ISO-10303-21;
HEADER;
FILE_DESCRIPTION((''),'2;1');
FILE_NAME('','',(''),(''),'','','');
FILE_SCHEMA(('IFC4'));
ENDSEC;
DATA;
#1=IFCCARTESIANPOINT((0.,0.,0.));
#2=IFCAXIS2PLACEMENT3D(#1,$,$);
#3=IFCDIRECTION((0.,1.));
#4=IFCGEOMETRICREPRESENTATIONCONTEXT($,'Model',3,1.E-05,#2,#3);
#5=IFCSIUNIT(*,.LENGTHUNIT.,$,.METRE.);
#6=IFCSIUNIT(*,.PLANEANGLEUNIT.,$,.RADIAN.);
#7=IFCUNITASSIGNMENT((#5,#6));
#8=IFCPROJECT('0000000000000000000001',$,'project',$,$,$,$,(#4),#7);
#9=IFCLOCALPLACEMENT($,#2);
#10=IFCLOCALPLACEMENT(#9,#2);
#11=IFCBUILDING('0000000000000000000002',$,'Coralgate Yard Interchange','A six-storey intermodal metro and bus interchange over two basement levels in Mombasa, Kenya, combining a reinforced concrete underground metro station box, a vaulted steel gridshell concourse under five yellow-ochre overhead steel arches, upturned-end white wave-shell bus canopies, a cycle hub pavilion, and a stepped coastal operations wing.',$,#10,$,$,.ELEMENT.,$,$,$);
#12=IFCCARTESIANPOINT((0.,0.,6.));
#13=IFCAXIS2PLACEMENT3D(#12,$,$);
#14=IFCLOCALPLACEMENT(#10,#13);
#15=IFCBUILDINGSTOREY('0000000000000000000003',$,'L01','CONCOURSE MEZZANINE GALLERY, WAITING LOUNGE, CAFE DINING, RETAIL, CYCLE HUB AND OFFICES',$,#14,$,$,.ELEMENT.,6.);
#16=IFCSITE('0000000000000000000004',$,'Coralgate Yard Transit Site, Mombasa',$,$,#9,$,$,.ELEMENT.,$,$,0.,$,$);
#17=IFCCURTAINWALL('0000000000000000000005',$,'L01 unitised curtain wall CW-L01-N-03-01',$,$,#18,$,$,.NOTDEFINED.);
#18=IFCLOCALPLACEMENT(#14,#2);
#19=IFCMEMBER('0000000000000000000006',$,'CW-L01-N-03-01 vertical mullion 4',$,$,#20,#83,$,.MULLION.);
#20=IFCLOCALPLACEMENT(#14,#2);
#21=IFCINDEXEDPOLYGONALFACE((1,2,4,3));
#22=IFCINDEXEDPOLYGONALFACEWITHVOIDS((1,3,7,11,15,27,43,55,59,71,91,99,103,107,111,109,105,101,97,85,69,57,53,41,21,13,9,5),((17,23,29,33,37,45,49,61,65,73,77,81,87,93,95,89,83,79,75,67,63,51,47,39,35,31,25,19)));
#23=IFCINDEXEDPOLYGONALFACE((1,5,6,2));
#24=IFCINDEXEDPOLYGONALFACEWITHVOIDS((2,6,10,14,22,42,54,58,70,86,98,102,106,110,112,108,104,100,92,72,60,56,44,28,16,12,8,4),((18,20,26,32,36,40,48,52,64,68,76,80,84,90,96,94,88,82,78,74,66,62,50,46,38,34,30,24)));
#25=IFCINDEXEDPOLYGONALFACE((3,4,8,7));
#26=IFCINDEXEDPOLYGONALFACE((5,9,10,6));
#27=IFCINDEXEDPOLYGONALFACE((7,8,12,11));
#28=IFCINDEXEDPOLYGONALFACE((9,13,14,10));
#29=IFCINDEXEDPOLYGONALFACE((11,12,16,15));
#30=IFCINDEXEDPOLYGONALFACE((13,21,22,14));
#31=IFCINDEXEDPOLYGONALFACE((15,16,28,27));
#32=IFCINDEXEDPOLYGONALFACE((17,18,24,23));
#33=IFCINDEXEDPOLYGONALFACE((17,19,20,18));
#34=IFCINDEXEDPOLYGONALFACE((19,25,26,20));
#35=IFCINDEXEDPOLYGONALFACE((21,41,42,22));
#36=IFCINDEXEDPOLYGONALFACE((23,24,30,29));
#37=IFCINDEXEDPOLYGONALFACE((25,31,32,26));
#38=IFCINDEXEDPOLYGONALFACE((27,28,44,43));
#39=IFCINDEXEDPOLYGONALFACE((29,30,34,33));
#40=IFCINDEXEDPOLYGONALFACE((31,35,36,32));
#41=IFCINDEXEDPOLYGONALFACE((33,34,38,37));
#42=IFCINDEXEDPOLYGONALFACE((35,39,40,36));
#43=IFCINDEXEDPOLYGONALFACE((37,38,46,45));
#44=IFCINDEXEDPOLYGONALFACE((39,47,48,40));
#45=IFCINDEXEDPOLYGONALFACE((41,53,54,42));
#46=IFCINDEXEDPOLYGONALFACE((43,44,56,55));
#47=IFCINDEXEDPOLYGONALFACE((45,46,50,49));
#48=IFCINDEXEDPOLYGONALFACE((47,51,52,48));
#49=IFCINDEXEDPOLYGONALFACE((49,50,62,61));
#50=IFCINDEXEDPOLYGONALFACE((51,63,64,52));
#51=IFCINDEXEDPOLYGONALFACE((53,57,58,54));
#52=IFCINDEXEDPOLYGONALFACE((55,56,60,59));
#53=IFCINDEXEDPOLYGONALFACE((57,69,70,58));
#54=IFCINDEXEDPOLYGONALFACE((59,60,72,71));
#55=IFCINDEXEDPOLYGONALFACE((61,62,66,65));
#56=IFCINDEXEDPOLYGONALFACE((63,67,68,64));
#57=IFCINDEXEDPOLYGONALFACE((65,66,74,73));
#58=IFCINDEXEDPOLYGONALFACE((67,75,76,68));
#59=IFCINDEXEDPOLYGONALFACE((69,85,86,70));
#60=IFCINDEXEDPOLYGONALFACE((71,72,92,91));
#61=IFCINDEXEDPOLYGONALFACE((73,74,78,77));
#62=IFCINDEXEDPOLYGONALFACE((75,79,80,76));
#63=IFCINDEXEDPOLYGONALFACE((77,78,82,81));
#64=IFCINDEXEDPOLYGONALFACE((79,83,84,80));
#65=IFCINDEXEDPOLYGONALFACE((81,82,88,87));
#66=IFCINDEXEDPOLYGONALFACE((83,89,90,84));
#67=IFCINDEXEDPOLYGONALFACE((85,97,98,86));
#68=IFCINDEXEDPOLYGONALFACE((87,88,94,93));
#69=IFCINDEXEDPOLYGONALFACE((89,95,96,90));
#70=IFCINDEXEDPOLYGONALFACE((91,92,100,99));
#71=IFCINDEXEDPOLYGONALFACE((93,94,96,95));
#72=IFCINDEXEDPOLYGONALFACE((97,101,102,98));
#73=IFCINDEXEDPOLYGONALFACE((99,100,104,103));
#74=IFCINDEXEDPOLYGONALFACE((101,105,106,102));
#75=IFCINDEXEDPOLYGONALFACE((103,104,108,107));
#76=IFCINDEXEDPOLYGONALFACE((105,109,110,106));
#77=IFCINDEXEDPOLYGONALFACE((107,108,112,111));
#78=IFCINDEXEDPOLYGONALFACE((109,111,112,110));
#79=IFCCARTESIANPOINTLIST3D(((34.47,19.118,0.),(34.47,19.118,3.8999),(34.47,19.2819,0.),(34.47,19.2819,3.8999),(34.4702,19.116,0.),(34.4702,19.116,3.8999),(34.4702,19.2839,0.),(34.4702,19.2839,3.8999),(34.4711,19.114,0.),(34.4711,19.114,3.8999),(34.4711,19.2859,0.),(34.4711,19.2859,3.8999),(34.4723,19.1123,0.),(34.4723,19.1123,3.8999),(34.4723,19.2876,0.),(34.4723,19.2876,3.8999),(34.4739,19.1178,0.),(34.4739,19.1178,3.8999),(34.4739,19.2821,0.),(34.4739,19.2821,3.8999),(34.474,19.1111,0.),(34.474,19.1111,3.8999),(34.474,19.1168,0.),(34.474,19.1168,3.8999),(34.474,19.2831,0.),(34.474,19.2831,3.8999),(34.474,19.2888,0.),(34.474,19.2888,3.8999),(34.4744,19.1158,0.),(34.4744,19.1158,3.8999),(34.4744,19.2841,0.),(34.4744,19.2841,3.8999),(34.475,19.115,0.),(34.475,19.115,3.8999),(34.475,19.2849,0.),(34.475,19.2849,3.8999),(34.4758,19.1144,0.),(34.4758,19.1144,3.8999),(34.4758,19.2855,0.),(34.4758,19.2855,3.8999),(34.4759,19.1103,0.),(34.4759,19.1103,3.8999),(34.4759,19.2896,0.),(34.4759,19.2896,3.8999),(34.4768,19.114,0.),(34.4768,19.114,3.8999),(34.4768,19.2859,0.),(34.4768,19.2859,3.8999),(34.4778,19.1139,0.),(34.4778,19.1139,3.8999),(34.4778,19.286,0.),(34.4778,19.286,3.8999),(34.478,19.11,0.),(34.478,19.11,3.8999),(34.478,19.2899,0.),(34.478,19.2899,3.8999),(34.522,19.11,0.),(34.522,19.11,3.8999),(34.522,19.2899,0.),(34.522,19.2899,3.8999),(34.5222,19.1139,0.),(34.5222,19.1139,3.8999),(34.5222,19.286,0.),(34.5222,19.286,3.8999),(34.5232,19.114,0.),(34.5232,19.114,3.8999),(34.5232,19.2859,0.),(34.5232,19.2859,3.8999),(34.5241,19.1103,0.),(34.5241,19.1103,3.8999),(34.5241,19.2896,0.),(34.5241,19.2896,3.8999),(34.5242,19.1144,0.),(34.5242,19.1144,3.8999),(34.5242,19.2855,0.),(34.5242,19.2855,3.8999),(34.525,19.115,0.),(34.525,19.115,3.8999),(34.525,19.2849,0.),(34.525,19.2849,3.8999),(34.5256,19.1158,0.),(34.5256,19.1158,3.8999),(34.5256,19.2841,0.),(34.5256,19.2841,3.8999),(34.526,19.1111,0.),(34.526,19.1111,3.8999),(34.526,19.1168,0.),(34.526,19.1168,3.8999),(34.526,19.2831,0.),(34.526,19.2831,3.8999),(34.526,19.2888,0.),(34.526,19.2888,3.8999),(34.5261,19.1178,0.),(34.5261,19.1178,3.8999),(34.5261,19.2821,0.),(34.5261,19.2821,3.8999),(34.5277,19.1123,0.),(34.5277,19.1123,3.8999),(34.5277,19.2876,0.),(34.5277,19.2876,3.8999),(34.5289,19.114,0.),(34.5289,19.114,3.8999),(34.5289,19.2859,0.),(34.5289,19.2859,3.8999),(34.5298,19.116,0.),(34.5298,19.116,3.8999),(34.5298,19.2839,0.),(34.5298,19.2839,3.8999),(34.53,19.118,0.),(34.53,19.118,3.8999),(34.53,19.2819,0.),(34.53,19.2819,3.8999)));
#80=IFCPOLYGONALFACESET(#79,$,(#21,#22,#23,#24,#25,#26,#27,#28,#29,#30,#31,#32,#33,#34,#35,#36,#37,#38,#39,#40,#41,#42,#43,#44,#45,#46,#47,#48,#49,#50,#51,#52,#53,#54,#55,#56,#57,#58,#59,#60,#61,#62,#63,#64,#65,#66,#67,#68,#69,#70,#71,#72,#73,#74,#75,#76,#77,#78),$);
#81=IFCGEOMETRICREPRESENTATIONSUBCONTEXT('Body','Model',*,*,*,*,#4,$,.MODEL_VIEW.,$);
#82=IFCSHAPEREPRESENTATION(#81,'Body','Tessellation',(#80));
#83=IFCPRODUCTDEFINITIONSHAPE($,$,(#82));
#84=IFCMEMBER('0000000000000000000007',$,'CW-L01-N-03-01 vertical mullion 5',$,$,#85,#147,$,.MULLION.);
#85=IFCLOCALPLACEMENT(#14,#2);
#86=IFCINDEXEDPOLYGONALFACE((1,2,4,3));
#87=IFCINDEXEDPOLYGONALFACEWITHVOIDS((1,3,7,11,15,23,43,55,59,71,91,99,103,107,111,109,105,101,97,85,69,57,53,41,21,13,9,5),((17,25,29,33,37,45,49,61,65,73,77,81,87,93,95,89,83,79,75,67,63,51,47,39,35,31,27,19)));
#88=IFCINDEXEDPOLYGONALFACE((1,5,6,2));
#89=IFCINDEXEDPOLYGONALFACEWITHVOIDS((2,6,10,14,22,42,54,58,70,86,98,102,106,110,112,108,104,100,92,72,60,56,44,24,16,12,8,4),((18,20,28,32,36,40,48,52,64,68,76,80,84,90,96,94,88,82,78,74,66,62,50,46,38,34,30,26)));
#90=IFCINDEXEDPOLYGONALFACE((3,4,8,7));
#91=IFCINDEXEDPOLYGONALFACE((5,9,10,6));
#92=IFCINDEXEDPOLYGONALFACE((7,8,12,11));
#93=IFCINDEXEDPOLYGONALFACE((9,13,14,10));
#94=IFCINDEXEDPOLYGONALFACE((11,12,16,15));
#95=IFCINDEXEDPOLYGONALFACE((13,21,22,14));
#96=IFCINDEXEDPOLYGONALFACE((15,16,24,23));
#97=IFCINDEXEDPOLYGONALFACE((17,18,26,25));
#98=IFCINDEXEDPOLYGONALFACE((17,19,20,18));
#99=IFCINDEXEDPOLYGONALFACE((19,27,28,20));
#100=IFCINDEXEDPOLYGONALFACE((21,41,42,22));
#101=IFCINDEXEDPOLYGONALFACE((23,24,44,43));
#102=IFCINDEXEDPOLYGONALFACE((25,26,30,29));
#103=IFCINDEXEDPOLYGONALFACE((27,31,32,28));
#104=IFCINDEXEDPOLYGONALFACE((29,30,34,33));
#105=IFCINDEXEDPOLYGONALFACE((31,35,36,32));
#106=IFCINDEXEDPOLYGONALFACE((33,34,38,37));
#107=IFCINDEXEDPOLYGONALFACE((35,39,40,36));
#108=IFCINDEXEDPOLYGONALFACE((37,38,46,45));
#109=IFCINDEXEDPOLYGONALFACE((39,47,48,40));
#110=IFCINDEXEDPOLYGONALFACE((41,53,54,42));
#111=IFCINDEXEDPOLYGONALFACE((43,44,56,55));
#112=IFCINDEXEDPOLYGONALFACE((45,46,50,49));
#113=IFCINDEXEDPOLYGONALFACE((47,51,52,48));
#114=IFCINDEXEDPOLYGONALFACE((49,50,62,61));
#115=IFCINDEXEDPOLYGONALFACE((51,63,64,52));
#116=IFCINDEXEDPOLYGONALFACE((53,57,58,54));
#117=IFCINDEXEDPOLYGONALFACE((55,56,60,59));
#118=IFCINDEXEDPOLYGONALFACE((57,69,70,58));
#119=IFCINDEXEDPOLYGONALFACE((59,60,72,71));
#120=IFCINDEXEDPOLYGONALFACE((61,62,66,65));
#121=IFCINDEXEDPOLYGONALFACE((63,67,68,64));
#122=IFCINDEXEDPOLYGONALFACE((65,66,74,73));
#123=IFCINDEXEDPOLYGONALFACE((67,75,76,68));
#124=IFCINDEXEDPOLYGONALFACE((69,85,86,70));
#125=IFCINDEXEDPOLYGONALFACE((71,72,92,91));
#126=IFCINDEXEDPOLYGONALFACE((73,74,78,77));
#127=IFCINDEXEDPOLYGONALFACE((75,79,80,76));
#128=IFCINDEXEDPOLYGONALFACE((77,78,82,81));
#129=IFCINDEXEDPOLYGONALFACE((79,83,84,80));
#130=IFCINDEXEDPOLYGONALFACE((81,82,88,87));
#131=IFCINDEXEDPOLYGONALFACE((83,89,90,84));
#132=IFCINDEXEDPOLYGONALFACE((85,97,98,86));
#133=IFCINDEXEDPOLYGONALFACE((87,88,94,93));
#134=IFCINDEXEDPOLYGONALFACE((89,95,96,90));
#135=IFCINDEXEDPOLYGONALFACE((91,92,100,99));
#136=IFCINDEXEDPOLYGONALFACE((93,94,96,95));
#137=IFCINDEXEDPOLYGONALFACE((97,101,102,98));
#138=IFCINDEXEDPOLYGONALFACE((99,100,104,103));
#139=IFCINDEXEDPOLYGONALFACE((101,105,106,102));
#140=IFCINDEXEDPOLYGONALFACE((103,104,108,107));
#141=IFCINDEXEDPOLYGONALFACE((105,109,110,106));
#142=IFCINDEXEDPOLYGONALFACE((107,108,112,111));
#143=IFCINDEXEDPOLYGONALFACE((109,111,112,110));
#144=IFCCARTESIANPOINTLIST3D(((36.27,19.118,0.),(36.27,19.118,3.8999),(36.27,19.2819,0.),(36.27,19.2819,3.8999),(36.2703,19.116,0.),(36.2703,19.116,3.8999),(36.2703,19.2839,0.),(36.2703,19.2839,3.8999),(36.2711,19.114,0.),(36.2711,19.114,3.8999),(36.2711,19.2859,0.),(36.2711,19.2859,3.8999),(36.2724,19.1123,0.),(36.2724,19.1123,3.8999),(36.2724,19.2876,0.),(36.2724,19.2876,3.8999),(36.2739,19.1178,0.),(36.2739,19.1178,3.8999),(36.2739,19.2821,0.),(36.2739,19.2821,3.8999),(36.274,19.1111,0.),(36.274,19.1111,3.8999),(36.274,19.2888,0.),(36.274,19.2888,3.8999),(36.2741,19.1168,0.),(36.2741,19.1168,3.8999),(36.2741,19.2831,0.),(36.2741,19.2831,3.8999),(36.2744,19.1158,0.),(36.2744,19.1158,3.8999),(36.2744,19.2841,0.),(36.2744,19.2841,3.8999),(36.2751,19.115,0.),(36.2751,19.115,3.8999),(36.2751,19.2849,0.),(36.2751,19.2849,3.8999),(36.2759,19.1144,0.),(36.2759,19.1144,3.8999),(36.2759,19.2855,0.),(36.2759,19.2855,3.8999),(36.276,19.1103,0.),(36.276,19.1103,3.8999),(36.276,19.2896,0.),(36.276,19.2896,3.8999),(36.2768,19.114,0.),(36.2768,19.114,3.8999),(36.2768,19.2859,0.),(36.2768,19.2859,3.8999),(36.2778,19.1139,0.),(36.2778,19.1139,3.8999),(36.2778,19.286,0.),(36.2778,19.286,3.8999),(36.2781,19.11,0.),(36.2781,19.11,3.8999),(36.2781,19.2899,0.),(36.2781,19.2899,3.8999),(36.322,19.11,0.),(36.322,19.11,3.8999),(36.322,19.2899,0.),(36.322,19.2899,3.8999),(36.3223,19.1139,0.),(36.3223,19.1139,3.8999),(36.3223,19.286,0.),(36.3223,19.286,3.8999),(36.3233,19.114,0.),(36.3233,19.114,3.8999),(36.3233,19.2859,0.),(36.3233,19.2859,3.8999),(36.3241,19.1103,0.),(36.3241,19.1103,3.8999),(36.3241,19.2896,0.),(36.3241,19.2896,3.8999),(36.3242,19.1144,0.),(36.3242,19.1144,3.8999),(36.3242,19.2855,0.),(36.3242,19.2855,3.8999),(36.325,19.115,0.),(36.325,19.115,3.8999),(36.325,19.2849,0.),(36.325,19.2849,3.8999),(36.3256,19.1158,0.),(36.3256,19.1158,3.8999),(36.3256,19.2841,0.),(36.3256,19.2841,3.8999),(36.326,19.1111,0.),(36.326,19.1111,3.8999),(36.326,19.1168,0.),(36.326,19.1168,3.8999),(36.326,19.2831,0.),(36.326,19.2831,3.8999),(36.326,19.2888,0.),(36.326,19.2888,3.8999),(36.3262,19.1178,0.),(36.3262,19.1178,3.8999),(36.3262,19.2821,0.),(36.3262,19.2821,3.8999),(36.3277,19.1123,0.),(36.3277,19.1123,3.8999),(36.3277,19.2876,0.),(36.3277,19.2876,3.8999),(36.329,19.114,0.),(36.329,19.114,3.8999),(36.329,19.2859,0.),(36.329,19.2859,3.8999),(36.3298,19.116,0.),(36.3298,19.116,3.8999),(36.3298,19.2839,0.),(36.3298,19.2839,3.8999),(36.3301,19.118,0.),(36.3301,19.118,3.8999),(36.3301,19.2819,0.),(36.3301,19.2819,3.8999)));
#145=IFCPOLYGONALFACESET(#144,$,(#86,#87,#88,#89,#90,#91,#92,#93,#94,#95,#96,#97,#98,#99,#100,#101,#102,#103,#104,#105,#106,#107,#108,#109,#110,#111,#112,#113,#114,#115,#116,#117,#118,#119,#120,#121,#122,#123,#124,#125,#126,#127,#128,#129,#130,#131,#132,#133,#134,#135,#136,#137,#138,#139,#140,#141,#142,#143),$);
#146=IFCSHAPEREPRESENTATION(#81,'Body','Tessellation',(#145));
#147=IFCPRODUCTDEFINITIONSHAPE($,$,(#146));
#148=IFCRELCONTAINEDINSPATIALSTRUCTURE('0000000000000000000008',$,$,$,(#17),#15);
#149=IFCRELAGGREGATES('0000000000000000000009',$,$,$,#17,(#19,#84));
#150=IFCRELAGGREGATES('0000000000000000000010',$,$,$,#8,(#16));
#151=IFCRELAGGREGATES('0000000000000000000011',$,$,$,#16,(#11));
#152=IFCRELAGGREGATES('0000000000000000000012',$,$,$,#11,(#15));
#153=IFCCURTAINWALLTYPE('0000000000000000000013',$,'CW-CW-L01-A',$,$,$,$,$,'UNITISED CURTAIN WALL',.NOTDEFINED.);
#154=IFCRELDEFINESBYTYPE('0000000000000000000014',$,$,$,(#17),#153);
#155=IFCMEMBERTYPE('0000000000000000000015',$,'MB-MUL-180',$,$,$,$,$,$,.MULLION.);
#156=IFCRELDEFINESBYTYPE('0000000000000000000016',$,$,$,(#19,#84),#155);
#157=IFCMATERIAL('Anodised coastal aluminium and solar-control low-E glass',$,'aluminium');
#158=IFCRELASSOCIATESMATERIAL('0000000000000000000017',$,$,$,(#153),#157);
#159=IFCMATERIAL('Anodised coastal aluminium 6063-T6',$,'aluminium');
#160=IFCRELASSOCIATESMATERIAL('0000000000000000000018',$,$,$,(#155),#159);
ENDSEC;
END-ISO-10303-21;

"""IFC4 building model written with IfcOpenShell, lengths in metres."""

from ifc_helpers import new_model, si_unit, direction, frame, origin, origin_2d, place, context, subcontext, project, spatial, hollow_rectangle, extrude, material, material_profile, profile_set, type_object, element, aggregate, save


model = new_model("IFC4")

# Units and contexts
model_context = context("Model", 3, precision=1e-05, world=origin(), true_north=direction((0.0, 1.0)))
body_context = subcontext(model_context, "Body", "Model", "MODEL_VIEW")
ifc_project = project(units=[si_unit("LENGTHUNIT", "METRE"), si_unit("PLANEANGLEUNIT", "RADIAN")], contexts=[model_context])

# Site, building, storey
site_placement = place(None, origin())
site = spatial("IfcSite", under=ifc_project, at=site_placement, Name="Coralgate Yard Transit Site, Mombasa", CompositionType="ELEMENT", RefElevation=0.0)
building_placement = place(site_placement, origin())
building = spatial("IfcBuilding", under=site, at=building_placement, Name="Coralgate Yard Interchange", Description="A six-storey intermodal metro and bus interchange over two basement levels in Mombasa, Kenya, combining a reinforced concrete underground metro station box, a vaulted steel gridshell concourse under five yellow-ochre overhead steel arches, upturned-end white wave-shell bus canopies, a cycle hub pavilion, and a stepped coastal operations wing.", CompositionType="ELEMENT")
storey_placement = place(building_placement, frame((0.0, 0.0, 6.0)))
storey = spatial("IfcBuildingStorey", under=building, at=storey_placement, Name="L01", Description="CONCOURSE MEZZANINE GALLERY, WAITING LOUNGE, CAFE DINING, RETAIL, CYCLE HUB AND OFFICES", CompositionType="ELEMENT", Elevation=6.0)

# Curtain wall, members
ifc_material_1 = material(Name="Anodised coastal aluminium and solar-control low-E glass", Category="aluminium")
curtain_wall_type = type_object("IfcCurtainWallType", Name="CW-CW-L01-A", ElementType="UNITISED CURTAIN WALL", PredefinedType="NOTDEFINED", material=ifc_material_1)
curtain_wall_1_placement = place(storey_placement, origin())
curtain_wall_1 = element("IfcCurtainWall", 1, at=curtain_wall_1_placement, inside=storey, type_object=curtain_wall_type, Name="L01 unitised curtain wall CW-L01-N-03-01", PredefinedType="NOTDEFINED")
ifc_material_2 = material(Name="Anodised coastal aluminium 6063-T6", Category="aluminium")
ifc_material_profile_1 = material_profile(ifc_material_2, hollow_rectangle(XDim=0.0601, YDim=0.1799, WallThickness=0.0039, InnerFilletRadius=0.0039, OuterFilletRadius=0.0081, at=origin_2d()), Name="ALU 60x180x4")
ifc_profile_set_1 = profile_set([ifc_material_profile_1], Name="Anodised coastal aluminium 6063-T6")
member_type_1 = type_object("IfcMemberType", Name="MB-MUL-180", PredefinedType="MULLION", material=ifc_profile_set_1)
member_1_placement = place(storey_placement, frame((34.5, 19.2, 0.0), z_axis=(0.0, 0.0, 1.0), x_axis=(1.0, 0.0, 0.0)))
member_1 = element("IfcMember", 2, at=member_1_placement, type_object=member_type_1, Name="CW-L01-N-03-01 vertical mullion 4", PredefinedType="MULLION", context=body_context, shape_type="SweptSolid", body=[
    extrude(hollow_rectangle(XDim=0.0601, YDim=0.1799, WallThickness=0.0039, InnerFilletRadius=0.0039, OuterFilletRadius=0.0081, at=origin_2d()), origin(), (0.0, 0.0, 1.0), 3.8999),
])
member_2_placement = place(storey_placement, frame((36.3, 19.2, 0.0), z_axis=(0.0, 0.0, 1.0), x_axis=(1.0, 0.0, 0.0)))
member_2 = element("IfcMember", 3, at=member_2_placement, type_object=member_type_1, Name="CW-L01-N-03-01 vertical mullion 5", PredefinedType="MULLION", context=body_context, shape_type="SweptSolid", body=[
    extrude(hollow_rectangle(XDim=0.0601, YDim=0.1799, WallThickness=0.0039, InnerFilletRadius=0.0039, OuterFilletRadius=0.0081, at=origin_2d()), origin(), (0.0, 0.0, 1.0), 3.8999),
])

aggregate(curtain_wall_1, [member_1, member_2])

save(model, "model.ifc")
